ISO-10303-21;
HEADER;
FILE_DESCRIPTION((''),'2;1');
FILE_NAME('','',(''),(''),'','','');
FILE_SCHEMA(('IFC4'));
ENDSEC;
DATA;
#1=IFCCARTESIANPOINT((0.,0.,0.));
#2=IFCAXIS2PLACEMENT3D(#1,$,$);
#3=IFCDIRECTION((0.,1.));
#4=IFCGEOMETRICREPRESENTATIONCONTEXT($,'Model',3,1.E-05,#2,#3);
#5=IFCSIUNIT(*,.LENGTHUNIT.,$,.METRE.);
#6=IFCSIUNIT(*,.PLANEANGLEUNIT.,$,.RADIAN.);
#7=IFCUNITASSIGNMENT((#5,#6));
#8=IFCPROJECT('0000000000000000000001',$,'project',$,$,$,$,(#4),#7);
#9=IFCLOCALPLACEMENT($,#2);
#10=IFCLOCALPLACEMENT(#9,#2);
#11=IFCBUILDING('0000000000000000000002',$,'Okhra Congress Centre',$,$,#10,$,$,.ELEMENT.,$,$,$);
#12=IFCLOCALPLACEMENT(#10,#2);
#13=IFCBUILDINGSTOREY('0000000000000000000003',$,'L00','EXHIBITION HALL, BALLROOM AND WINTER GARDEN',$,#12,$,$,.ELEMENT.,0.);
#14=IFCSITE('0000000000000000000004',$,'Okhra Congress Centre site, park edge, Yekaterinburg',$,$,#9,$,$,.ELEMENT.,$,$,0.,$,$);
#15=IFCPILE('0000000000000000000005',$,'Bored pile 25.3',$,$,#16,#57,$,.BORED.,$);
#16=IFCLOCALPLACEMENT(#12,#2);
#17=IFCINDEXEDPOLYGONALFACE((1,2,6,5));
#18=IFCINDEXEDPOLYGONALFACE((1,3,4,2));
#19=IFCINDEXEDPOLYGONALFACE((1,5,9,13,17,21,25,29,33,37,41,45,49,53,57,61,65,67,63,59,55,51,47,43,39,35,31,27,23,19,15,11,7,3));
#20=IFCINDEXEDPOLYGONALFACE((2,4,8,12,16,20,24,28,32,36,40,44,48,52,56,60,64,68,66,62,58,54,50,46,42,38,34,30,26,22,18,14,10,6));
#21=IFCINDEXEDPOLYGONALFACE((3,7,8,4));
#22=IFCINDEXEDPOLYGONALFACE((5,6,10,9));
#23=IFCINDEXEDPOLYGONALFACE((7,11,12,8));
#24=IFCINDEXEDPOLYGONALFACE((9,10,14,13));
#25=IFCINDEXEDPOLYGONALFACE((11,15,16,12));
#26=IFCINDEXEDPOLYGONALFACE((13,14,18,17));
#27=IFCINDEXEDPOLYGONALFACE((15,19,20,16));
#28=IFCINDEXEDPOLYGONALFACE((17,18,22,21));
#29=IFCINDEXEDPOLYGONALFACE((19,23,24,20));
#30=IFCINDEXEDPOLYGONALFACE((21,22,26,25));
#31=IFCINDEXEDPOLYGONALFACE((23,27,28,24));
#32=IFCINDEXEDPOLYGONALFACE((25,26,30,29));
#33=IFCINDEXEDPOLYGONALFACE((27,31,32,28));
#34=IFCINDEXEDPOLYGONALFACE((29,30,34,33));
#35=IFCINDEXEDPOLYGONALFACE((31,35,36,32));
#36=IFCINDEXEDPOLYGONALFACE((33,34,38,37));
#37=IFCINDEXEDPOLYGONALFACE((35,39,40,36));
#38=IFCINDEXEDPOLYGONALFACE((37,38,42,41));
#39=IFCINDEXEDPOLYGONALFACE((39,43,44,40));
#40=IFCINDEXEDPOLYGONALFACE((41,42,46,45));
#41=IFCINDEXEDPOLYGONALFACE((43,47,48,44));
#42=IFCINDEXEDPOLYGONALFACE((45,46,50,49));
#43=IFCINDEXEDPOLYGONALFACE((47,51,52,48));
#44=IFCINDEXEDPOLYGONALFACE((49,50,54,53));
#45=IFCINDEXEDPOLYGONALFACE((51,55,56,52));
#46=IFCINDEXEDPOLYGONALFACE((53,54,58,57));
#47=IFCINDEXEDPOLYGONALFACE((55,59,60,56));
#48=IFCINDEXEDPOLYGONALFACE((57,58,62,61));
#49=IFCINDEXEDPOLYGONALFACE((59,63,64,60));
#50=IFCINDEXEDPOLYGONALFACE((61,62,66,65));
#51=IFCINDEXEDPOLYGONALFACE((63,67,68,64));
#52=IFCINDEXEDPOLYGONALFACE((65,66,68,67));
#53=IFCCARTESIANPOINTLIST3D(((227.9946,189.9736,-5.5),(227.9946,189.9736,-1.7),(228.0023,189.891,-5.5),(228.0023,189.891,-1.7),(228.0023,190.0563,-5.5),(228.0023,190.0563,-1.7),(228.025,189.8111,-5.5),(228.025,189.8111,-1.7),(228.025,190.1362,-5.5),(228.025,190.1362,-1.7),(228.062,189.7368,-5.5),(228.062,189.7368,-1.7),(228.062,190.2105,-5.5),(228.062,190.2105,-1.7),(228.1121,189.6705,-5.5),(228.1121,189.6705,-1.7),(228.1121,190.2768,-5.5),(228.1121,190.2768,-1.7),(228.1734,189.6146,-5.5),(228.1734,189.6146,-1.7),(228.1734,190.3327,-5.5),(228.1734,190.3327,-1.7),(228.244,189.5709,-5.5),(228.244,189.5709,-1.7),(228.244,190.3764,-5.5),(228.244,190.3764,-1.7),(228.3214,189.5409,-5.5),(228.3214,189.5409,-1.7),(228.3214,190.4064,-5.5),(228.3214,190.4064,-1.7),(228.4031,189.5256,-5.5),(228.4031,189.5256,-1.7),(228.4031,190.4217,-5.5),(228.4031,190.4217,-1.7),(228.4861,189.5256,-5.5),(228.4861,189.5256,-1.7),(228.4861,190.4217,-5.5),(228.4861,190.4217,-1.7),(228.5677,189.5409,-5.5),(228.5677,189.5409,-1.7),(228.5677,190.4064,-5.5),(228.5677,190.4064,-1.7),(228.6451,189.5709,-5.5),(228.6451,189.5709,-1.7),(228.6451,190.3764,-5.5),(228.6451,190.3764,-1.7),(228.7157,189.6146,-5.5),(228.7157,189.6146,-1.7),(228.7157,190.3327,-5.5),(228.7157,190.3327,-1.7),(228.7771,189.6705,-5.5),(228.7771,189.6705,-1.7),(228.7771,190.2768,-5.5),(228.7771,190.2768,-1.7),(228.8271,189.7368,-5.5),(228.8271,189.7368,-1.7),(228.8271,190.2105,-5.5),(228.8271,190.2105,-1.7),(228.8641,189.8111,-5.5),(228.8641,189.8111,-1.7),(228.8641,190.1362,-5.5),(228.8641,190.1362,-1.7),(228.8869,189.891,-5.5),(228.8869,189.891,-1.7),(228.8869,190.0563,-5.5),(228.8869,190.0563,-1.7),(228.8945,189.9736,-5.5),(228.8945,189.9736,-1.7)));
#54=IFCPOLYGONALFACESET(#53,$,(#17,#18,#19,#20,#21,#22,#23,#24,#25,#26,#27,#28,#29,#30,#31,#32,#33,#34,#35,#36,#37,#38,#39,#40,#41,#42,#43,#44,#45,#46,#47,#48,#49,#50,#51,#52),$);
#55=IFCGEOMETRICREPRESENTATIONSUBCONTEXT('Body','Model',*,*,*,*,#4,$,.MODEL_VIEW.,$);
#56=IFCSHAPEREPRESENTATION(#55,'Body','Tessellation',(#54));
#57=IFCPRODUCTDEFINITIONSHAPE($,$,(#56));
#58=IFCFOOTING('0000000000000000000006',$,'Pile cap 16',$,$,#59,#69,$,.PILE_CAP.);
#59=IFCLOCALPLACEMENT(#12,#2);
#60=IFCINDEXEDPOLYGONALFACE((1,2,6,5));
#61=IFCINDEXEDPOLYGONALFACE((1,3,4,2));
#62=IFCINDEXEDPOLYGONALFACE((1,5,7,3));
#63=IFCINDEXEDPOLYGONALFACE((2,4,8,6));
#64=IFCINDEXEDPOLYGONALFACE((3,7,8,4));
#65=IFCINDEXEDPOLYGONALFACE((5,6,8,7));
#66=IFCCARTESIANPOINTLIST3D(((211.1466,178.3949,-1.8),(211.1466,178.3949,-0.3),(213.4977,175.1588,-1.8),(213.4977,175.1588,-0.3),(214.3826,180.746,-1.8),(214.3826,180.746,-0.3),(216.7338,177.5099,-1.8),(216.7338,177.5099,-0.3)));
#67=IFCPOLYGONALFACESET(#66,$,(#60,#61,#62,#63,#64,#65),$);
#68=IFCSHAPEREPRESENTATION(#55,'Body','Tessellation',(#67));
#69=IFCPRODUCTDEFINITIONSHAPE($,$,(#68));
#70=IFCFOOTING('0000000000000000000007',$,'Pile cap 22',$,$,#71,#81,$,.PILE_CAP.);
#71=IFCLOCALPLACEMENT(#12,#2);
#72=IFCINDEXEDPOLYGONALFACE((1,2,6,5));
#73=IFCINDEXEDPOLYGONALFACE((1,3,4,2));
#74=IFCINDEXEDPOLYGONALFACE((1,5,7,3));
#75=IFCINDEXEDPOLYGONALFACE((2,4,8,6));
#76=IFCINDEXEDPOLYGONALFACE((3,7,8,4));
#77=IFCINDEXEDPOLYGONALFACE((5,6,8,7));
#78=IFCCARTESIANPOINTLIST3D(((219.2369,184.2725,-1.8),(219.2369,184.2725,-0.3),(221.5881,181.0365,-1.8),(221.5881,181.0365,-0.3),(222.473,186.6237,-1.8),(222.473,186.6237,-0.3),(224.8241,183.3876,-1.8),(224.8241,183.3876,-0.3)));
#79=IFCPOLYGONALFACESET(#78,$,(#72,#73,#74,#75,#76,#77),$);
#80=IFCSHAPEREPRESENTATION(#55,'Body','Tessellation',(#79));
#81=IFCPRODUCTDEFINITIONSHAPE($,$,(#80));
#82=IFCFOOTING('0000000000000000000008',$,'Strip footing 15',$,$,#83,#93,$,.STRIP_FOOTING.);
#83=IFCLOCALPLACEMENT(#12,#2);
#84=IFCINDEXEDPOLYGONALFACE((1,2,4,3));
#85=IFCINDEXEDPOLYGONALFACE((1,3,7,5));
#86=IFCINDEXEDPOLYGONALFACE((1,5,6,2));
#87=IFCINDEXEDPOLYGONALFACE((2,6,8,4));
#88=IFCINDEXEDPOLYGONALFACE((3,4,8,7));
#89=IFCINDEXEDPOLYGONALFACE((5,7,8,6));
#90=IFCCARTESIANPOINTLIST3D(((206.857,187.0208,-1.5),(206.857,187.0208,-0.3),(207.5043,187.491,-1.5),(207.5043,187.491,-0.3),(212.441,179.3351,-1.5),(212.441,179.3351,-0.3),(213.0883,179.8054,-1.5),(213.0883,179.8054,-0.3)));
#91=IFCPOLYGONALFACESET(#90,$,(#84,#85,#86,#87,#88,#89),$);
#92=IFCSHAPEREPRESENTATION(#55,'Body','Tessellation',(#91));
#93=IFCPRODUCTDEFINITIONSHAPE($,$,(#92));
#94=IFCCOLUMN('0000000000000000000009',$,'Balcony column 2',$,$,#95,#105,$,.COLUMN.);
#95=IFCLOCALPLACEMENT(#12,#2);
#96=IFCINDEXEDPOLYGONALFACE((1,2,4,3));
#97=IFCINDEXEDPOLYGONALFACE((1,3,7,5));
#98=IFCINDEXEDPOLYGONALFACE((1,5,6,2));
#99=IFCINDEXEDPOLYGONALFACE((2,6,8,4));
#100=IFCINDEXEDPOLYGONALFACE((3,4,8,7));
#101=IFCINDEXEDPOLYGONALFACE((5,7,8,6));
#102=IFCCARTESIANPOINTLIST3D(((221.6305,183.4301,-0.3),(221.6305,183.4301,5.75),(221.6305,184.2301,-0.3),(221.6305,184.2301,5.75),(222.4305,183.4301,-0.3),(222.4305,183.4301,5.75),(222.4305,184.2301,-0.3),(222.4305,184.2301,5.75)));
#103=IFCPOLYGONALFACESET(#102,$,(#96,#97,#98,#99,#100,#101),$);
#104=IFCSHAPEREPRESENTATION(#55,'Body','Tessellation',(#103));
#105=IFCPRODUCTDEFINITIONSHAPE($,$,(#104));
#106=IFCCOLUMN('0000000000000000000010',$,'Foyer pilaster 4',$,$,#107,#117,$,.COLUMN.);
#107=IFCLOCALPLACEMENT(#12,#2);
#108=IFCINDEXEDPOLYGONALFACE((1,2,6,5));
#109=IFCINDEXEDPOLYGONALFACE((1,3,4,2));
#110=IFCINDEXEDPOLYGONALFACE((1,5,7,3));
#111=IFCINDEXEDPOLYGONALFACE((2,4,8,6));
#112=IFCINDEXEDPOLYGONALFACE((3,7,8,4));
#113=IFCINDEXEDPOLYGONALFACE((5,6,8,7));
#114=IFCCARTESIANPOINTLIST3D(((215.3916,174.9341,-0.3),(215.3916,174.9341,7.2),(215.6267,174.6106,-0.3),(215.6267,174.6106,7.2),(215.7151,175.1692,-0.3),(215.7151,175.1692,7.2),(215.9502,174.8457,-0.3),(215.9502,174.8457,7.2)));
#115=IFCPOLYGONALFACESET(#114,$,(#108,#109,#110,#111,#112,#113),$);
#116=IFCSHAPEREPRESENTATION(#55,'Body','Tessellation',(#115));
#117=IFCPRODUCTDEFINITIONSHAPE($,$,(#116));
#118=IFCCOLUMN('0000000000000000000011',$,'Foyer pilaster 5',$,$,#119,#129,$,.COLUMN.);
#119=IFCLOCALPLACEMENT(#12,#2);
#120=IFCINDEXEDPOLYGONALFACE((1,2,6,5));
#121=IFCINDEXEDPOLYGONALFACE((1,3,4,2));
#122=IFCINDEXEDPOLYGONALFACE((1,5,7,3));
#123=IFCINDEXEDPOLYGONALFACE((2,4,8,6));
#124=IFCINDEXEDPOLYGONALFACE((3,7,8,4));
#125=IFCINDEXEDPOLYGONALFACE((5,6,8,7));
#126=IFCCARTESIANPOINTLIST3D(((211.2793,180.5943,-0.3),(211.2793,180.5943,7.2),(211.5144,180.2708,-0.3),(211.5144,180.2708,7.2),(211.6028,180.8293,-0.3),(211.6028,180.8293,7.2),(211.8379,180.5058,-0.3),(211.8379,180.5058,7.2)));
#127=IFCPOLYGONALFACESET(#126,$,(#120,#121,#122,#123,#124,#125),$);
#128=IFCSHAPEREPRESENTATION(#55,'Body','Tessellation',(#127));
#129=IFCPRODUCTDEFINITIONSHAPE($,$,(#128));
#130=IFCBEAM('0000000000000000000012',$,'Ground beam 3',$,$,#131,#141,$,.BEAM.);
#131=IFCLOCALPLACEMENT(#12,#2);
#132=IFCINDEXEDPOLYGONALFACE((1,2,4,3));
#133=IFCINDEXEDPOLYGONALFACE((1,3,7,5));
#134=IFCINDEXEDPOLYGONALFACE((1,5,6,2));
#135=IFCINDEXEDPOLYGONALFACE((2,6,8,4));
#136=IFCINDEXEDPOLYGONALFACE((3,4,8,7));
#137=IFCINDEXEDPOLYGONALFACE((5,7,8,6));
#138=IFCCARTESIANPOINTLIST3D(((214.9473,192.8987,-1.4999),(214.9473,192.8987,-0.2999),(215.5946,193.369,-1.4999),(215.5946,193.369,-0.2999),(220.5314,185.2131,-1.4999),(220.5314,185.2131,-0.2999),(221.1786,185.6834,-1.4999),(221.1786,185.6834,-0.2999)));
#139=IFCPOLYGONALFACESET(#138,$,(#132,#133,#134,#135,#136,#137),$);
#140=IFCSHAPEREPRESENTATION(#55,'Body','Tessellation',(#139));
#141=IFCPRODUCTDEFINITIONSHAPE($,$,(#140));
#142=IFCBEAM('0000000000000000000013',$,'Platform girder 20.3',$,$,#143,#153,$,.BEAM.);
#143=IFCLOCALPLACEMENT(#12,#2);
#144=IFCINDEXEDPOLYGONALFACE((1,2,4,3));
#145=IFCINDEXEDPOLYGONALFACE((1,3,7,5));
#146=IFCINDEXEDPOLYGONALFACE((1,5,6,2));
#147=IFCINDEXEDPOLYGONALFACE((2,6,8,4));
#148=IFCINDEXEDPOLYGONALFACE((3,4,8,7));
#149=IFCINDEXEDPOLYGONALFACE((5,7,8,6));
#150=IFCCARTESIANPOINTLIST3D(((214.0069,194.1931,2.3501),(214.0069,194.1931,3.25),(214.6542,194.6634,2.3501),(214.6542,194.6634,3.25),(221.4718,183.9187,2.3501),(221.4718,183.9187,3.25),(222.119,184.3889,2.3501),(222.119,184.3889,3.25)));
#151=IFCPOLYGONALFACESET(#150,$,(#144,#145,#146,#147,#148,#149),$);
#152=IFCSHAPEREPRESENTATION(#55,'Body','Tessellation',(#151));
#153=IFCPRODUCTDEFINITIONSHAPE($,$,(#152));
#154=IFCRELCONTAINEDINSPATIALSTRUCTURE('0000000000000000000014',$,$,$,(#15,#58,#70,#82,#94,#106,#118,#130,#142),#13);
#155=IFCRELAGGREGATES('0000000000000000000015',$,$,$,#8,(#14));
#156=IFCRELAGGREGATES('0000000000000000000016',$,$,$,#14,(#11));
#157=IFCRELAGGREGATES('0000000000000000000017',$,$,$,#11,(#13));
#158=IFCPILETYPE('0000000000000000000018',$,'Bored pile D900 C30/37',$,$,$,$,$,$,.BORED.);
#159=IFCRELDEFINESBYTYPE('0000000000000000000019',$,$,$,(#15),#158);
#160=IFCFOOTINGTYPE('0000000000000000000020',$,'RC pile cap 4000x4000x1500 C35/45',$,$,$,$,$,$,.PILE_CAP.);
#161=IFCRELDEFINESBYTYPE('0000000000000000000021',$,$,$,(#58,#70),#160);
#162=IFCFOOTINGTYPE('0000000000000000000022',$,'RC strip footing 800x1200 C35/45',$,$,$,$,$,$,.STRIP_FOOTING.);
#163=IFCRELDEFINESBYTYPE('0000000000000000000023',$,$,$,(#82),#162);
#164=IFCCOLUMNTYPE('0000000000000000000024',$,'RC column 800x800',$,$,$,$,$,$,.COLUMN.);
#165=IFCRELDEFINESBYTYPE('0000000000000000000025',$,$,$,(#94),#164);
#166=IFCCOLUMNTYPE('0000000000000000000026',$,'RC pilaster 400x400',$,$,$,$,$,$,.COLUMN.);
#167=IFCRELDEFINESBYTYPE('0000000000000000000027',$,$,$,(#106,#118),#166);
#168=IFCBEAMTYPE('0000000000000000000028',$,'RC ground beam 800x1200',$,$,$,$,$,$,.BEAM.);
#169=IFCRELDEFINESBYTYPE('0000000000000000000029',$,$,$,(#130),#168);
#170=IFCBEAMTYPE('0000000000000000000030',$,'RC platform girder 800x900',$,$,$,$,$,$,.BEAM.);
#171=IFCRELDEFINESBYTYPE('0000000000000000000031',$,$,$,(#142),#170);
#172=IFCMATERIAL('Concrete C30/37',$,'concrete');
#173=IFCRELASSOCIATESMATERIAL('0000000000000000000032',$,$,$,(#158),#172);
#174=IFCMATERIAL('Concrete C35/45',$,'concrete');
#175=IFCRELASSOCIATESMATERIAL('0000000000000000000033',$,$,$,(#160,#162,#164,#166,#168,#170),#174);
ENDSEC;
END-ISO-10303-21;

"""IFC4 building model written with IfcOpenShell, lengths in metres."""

from ifc_helpers import new_model, si_unit, direction, frame, origin, origin_2d, place, context, subcontext, project, spatial, rectangle, circle, extrude, material, material_profile, profile_set, type_object, element, save


model = new_model("IFC4")

# Units and contexts
model_context = context("Model", 3, precision=1e-05, world=origin(), true_north=direction((0.0, 1.0)))
body_context = subcontext(model_context, "Body", "Model", "MODEL_VIEW")
ifc_project = project(units=[si_unit("LENGTHUNIT", "METRE"), si_unit("PLANEANGLEUNIT", "RADIAN")], contexts=[model_context])

# Site, building, storey
site_placement = place(None, origin())
site = spatial("IfcSite", under=ifc_project, at=site_placement, Name="Okhra Congress Centre site, park edge, Yekaterinburg", CompositionType="ELEMENT", RefElevation=0.0)
building_placement = place(site_placement, origin())
building = spatial("IfcBuilding", under=site, at=building_placement, Name="Okhra Congress Centre", CompositionType="ELEMENT")
storey_placement = place(building_placement, origin())
storey = spatial("IfcBuildingStorey", under=building, at=storey_placement, Name="L00", Description="EXHIBITION HALL, BALLROOM AND WINTER GARDEN", CompositionType="ELEMENT", Elevation=0.0)

# Pile
ifc_material_1 = material(Name="Concrete C30/37", Category="concrete")
ifc_material_profile_1 = material_profile(ifc_material_1, circle(Radius=0.45, at=origin_2d()), Name="D900")
ifc_profile_set_1 = profile_set([ifc_material_profile_1], Name="Concrete C30/37")
pile_type = type_object("IfcPileType", Name="Bored pile D900 C30/37", PredefinedType="BORED", material=ifc_profile_set_1)
for number, where, z_axis, x_axis, name in (
    (1, (228.4446, 189.9736, -1.7), (0.0, 0.0, -1.0), (1.0, 0.0, 0.0), "Bored pile 25.3"),
):
    element("IfcPile", number, at=place(storey_placement, frame(where, z_axis=z_axis, x_axis=x_axis)), inside=storey, type_object=pile_type, Name=name, PredefinedType="BORED", context=body_context, shape_type="SweptSolid", body=[
        extrude(circle(Radius=0.45, at=origin_2d()), origin(), (0.0, 0.0, 1.0), 3.8),
    ])

# Footings
ifc_material_2 = material(Name="Concrete C35/45", Category="concrete")
footing_type_1 = type_object("IfcFootingType", Name="RC pile cap 4000x4000x1500 C35/45", PredefinedType="PILE_CAP", material=ifc_material_2)
for number, where, z_axis, x_axis, name in (
    (2, (213.9402, 177.9524, -1.8), (0.0, 0.0, 1.0), (0.809017, 0.587785, 0.0), "Pile cap 16"),
    (3, (222.0305, 183.8301, -1.8), (0.0, 0.0, 1.0), (0.809017, 0.587785, 0.0), "Pile cap 22"),
):
    element("IfcFooting", number, at=place(storey_placement, frame(where, z_axis=z_axis, x_axis=x_axis)), inside=storey, type_object=footing_type_1, Name=name, PredefinedType="PILE_CAP", context=body_context, shape_type="SweptSolid", body=[
        extrude(rectangle(XDim=4.0, YDim=4.0, at=origin_2d()), origin(), (0.0, 0.0, 1.0), 1.5),
    ])
footing_type_2 = type_object("IfcFootingType", Name="RC strip footing 800x1200 C35/45", PredefinedType="STRIP_FOOTING", material=ifc_material_2)
footing_placement = place(storey_placement, frame((209.9727, 183.4131, -1.5), z_axis=(0.0, 0.0, 1.0), x_axis=(-0.587785, 0.809017, 0.0)))
element("IfcFooting", 4, at=footing_placement, inside=storey, type_object=footing_type_2, Name="Strip footing 15", PredefinedType="STRIP_FOOTING", context=body_context, shape_type="SweptSolid", body=[
    extrude(rectangle(XDim=9.5, YDim=0.8, at=origin_2d()), origin(), (0.0, 0.0, 1.0), 1.2),
])

# Columns
ifc_material_profile_2 = material_profile(ifc_material_2, rectangle(XDim=0.8, YDim=0.8, at=origin_2d()), Name="RC column 800x800")
ifc_profile_set_2 = profile_set([ifc_material_profile_2], Name="Concrete C35/45")
column_type_1 = type_object("IfcColumnType", Name="RC column 800x800", PredefinedType="COLUMN", material=ifc_profile_set_2)
column_placement = place(storey_placement, frame((222.0305, 183.8301, -0.3), z_axis=(0.0, 0.0, 1.0), x_axis=(1.0, 0.0, 0.0)))
element("IfcColumn", 5, at=column_placement, inside=storey, type_object=column_type_1, Name="Balcony column 2", PredefinedType="COLUMN", context=body_context, shape_type="SweptSolid", body=[
    extrude(rectangle(XDim=0.8, YDim=0.8, at=origin_2d()), origin(), (0.0, 0.0, 1.0), 6.05),
])
ifc_material_profile_3 = material_profile(ifc_material_2, rectangle(XDim=0.3999, YDim=0.3999, at=origin_2d()), Name="RC pilaster 400x400")
ifc_profile_set_3 = profile_set([ifc_material_profile_3], Name="Concrete C35/45")
column_type_2 = type_object("IfcColumnType", Name="RC pilaster 400x400", PredefinedType="COLUMN", material=ifc_profile_set_3)
for number, where, z_axis, x_axis, name in (
    (6, (215.6709, 174.8899, -0.3), (0.0, 0.0, 1.0), (0.809017, 0.587785, 0.0), "Foyer pilaster 4"),
    (7, (211.5586, 180.55, -0.3), (0.0, 0.0, 1.0), (0.809017, 0.587785, 0.0), "Foyer pilaster 5"),
):
    element("IfcColumn", number, at=place(storey_placement, frame(where, z_axis=z_axis, x_axis=x_axis)), inside=storey, type_object=column_type_2, Name=name, PredefinedType="COLUMN", context=body_context, shape_type="SweptSolid", body=[
        extrude(rectangle(XDim=0.3999, YDim=0.3999, at=origin_2d()), origin(), (0.0, 0.0, 1.0), 7.5),
    ])

# Beams
ifc_material_profile_4 = material_profile(ifc_material_2, rectangle(XDim=0.8, YDim=1.2, at=origin_2d()), Name="RC ground beam 800x1200")
ifc_profile_set_4 = profile_set([ifc_material_profile_4], Name="Concrete C35/45")
beam_type_1 = type_object("IfcBeamType", Name="RC ground beam 800x1200", PredefinedType="BEAM", material=ifc_profile_set_4)
beam_1_placement = place(storey_placement, frame((220.855, 185.4482, -0.8999), z_axis=(-0.587793, 0.809012, 0.0), x_axis=(-0.809012, -0.587793, 0.0)))
element("IfcBeam", 8, at=beam_1_placement, inside=storey, type_object=beam_type_1, Name="Ground beam 3", PredefinedType="BEAM", context=body_context, shape_type="SweptSolid", body=[
    extrude(rectangle(XDim=0.8, YDim=1.2, at=origin_2d()), origin(), (0.0, 0.0, 1.0), 9.5),
])
ifc_material_profile_5 = material_profile(ifc_material_2, rectangle(XDim=0.8, YDim=0.8999, at=origin_2d()), Name="RC platform girder 800x900")
ifc_profile_set_5 = profile_set([ifc_material_profile_5], Name="Concrete C35/45")
beam_type_2 = type_object("IfcBeamType", Name="RC platform girder 800x900", PredefinedType="BEAM", material=ifc_profile_set_5)
beam_2_placement = place(storey_placement, frame((221.7954, 184.1538, 2.8), z_axis=(-0.587788, 0.809015, 0.0), x_axis=(-0.809015, -0.587788, 0.0)))
element("IfcBeam", 9, at=beam_2_placement, inside=storey, type_object=beam_type_2, Name="Platform girder 20.3", PredefinedType="BEAM", context=body_context, shape_type="SweptSolid", body=[
    extrude(rectangle(XDim=0.8, YDim=0.8999, at=origin_2d()), origin(), (0.0, 0.0, 1.0), 12.7),
])

save(model, "model.ifc")
